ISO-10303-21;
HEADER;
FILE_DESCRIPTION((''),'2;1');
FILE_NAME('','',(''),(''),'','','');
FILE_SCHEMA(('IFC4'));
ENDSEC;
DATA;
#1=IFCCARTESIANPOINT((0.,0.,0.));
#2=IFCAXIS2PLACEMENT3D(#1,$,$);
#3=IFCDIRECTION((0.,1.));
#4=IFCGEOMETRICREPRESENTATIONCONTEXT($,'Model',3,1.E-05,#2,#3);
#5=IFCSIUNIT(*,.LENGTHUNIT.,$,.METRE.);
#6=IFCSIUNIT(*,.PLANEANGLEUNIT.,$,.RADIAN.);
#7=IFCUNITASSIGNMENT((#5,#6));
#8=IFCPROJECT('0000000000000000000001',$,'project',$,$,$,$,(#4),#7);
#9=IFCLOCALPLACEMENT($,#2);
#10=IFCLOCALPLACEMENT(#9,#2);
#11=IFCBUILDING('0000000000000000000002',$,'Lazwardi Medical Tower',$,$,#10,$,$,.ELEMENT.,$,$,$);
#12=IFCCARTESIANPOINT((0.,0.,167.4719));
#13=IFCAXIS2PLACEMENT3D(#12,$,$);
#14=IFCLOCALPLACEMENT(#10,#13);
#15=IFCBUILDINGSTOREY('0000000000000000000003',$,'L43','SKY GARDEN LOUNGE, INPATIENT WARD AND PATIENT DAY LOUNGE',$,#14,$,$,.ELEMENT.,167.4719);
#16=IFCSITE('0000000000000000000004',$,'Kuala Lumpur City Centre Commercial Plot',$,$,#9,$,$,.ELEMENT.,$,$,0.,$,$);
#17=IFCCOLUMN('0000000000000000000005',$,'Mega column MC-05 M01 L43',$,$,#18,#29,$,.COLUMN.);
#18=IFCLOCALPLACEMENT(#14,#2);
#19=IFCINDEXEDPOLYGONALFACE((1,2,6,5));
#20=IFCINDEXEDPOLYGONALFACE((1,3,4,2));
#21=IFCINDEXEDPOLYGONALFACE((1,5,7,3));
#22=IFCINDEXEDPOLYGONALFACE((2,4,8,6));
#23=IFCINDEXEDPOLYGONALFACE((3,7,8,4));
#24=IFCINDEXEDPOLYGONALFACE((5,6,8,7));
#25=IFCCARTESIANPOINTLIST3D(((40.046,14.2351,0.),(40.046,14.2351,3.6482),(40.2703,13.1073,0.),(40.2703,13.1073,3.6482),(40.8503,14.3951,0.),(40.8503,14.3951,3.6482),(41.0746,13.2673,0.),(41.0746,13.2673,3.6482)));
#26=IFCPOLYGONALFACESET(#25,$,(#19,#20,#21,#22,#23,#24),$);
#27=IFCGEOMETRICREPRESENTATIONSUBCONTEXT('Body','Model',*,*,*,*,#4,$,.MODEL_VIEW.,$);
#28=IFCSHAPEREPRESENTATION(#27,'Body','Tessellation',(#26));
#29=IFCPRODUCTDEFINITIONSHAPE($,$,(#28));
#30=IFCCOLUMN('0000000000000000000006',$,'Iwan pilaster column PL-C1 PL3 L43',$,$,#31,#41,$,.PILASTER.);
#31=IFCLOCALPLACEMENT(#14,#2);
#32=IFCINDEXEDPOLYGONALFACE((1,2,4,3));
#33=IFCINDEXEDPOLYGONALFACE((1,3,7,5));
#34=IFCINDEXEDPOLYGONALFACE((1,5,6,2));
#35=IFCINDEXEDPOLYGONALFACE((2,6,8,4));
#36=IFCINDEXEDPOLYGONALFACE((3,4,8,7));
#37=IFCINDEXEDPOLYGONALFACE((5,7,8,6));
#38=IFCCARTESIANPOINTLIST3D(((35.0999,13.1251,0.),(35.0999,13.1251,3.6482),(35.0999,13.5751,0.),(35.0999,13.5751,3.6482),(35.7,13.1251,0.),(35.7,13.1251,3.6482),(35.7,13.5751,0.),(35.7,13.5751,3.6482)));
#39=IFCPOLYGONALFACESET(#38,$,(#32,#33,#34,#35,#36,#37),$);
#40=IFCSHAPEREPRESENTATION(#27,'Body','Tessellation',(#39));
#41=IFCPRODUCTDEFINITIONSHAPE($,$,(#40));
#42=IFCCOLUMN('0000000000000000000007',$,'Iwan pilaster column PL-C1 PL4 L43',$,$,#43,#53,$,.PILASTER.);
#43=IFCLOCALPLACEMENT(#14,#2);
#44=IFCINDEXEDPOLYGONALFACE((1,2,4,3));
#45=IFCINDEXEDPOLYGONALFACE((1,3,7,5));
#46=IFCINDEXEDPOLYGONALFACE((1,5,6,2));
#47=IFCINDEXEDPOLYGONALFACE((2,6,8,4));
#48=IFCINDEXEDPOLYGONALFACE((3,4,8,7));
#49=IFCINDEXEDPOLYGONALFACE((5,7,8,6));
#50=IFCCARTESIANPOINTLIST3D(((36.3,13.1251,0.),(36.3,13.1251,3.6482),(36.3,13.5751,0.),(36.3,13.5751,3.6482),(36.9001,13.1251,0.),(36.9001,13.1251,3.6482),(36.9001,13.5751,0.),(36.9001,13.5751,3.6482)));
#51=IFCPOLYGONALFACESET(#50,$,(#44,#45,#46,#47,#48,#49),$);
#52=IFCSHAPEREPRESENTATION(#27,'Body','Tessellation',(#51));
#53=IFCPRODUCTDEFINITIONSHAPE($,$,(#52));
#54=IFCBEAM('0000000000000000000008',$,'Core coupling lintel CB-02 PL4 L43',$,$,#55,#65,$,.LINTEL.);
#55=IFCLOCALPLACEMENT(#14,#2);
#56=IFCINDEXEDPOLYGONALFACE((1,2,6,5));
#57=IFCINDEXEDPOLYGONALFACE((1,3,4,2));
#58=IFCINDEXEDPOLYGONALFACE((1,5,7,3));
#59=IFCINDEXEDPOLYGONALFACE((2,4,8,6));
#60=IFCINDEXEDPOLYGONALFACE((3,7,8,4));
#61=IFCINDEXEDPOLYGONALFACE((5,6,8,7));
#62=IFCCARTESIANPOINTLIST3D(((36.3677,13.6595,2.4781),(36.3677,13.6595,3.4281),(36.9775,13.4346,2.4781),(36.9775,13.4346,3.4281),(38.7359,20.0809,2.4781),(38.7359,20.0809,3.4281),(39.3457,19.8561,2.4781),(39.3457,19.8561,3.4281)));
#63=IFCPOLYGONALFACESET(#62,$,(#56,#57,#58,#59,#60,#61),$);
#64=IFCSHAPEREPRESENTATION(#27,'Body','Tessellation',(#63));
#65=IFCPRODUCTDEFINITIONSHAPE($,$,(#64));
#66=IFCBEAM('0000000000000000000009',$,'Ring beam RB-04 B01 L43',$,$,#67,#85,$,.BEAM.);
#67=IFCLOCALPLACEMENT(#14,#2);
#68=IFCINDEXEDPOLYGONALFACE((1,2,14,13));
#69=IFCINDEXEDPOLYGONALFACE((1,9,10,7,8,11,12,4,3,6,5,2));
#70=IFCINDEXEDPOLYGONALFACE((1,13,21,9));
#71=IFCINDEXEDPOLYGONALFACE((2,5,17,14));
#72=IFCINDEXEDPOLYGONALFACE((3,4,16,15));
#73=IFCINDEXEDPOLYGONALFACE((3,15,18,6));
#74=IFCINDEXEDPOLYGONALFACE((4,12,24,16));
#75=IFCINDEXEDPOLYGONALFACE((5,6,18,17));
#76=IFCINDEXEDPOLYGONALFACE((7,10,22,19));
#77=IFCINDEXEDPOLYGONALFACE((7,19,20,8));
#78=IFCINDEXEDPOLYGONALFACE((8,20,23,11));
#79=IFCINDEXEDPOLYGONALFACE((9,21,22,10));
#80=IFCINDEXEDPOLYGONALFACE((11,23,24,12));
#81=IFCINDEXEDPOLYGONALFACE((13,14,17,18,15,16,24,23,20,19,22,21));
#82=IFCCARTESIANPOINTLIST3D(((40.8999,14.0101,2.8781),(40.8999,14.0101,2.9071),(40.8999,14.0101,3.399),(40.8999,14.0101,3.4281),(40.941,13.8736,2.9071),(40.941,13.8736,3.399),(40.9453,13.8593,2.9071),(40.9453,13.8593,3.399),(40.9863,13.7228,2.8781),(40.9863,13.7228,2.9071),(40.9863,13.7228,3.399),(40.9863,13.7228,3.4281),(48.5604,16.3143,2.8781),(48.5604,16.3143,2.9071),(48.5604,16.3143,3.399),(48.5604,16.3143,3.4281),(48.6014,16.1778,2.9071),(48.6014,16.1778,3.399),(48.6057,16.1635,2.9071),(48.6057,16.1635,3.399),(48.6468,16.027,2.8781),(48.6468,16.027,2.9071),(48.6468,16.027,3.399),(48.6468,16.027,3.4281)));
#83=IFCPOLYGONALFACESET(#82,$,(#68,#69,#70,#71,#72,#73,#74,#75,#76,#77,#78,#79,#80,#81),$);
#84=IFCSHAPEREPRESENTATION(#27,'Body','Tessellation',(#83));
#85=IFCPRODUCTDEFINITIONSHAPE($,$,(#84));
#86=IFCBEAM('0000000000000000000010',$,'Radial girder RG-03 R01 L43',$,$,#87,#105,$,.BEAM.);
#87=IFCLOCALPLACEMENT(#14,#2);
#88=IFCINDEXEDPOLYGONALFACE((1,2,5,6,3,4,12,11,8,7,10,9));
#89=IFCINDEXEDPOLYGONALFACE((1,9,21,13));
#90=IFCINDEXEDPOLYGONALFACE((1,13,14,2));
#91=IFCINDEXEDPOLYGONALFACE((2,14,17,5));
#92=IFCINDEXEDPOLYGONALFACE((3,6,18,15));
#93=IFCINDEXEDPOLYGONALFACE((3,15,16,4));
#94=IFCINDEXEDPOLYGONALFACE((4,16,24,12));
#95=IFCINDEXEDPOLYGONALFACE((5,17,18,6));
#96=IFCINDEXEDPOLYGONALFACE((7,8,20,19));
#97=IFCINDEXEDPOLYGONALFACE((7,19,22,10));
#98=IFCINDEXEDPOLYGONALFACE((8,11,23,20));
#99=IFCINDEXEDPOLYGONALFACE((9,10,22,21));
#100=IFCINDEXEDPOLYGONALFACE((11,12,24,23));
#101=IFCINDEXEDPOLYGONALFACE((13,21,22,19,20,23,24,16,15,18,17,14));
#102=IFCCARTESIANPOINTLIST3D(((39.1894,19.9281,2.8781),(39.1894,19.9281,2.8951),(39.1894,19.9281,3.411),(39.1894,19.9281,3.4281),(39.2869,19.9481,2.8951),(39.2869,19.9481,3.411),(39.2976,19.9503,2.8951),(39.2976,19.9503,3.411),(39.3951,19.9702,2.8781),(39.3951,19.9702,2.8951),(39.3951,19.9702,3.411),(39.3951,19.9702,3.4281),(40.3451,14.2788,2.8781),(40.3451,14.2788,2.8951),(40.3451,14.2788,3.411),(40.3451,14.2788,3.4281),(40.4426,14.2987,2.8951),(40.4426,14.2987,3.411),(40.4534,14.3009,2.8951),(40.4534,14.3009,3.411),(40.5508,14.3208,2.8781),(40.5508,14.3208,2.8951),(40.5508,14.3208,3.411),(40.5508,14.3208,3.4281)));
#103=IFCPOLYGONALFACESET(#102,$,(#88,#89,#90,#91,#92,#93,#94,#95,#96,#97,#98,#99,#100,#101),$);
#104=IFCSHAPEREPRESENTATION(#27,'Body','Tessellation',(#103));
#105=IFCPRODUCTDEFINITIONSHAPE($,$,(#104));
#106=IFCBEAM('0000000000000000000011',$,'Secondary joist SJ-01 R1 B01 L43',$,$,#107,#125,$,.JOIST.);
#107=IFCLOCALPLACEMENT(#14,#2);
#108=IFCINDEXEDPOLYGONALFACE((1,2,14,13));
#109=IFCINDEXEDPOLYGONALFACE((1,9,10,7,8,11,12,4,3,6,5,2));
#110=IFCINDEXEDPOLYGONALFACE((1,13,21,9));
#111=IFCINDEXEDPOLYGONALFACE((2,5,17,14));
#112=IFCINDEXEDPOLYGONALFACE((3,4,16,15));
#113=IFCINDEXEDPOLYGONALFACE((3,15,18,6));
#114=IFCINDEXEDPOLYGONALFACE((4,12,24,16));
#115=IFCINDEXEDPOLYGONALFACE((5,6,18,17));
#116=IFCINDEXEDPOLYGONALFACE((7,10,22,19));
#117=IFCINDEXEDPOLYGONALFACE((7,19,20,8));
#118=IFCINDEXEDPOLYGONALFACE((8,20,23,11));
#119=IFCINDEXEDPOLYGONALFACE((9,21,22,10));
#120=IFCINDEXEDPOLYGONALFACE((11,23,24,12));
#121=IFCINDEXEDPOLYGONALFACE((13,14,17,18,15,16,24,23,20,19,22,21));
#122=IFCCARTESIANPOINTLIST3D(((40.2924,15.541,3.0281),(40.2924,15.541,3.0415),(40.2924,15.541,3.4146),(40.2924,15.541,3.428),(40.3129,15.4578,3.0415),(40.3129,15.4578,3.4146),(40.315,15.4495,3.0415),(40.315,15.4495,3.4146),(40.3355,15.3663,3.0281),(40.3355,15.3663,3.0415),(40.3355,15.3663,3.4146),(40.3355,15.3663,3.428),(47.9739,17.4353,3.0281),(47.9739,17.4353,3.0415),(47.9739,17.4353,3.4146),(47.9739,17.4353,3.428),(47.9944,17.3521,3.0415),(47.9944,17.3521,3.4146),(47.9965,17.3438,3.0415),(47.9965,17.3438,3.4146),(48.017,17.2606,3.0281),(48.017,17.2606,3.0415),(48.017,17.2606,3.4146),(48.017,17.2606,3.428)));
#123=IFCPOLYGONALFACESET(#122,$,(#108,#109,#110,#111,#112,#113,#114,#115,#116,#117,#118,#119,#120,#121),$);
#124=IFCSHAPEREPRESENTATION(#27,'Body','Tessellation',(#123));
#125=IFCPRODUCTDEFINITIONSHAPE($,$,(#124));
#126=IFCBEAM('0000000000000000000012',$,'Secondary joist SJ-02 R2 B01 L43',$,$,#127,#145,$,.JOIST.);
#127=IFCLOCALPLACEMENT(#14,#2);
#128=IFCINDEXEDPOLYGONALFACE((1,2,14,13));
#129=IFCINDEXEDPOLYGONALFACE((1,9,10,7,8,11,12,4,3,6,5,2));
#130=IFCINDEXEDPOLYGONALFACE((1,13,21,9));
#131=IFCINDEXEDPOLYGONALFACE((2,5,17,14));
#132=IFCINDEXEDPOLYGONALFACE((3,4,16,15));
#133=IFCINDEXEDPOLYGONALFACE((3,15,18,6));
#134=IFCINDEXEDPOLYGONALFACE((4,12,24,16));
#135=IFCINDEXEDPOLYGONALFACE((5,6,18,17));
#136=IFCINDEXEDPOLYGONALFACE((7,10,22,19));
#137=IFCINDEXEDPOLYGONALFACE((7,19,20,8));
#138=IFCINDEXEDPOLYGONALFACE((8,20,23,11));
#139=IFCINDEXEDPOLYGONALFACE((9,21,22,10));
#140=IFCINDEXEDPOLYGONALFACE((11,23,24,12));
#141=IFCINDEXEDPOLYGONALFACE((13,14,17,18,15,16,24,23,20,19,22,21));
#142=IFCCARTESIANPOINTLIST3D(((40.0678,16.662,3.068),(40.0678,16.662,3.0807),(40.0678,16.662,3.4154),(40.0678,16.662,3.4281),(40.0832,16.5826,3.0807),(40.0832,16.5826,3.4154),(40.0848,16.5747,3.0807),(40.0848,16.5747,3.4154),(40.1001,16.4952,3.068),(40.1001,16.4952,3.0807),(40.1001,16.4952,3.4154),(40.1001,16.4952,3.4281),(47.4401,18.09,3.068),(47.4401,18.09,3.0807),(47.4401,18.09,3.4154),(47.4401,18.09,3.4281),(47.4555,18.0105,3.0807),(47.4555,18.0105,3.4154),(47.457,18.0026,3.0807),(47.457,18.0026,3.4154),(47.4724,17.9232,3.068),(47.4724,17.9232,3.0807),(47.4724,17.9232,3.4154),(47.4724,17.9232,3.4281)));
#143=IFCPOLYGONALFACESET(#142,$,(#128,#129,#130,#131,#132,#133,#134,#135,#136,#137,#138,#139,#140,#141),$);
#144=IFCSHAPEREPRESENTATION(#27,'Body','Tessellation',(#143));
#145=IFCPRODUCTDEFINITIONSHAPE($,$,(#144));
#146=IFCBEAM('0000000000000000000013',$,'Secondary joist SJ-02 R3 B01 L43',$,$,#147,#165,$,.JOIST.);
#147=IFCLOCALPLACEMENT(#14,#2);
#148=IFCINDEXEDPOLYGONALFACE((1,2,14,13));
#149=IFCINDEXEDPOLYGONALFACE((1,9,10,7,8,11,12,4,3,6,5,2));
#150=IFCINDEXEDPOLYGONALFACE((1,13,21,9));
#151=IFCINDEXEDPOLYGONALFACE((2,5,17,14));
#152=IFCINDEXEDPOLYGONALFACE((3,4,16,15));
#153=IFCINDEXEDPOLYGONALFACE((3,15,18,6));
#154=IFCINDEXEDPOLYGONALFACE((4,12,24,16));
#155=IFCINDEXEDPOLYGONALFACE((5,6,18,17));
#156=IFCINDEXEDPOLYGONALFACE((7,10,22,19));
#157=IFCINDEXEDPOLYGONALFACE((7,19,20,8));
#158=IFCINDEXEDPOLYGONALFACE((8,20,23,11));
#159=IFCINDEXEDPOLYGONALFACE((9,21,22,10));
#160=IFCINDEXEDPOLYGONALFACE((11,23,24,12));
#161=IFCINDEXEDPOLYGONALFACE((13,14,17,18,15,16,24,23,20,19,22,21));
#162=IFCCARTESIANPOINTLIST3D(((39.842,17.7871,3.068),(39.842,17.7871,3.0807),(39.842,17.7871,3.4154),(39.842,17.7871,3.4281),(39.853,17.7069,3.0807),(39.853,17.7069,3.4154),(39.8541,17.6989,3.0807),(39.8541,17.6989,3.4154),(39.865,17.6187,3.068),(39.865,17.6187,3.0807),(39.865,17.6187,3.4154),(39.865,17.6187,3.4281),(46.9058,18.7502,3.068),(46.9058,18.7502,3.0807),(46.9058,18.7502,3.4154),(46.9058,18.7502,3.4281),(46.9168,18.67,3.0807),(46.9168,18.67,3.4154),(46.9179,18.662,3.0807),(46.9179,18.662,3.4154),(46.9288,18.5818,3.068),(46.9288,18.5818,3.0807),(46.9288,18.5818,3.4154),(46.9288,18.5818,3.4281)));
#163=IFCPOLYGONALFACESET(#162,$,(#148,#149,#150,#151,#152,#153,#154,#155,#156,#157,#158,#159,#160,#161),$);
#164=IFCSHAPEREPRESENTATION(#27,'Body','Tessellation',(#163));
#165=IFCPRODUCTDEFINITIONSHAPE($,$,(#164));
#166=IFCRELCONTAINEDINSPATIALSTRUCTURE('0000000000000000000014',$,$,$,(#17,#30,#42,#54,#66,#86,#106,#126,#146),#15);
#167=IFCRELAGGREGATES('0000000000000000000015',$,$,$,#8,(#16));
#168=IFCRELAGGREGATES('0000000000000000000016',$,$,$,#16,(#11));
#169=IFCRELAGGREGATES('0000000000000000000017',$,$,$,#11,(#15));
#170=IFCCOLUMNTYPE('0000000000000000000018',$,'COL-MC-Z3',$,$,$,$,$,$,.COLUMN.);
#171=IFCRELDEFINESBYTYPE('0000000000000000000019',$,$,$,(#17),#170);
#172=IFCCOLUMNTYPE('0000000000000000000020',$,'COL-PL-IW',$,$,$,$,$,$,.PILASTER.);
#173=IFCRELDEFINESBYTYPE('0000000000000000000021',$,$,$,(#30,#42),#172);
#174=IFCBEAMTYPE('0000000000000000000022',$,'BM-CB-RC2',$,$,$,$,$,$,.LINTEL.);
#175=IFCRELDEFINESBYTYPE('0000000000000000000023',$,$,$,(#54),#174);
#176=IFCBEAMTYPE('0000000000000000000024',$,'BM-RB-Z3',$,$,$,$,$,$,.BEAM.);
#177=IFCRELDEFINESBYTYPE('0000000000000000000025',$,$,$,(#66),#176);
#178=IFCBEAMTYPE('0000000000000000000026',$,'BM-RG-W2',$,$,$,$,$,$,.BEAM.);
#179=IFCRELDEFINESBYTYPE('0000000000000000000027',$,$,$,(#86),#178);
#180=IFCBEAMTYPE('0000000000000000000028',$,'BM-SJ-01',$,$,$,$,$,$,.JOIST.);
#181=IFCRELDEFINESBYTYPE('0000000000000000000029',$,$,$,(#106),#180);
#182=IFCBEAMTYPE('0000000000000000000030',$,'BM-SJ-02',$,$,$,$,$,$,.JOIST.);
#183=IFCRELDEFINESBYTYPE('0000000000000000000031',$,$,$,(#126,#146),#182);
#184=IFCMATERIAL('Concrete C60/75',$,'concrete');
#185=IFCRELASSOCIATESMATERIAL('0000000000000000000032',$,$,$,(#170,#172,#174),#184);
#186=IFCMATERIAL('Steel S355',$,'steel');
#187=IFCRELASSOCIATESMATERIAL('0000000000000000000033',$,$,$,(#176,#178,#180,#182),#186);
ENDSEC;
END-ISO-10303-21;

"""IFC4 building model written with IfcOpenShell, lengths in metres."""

from ifc_helpers import new_model, si_unit, direction, frame, origin, origin_2d, place, context, subcontext, project, spatial, rectangle, i_section, extrude, material, material_profile, profile_set, type_object, element, save


model = new_model("IFC4")

# Units and contexts
model_context = context("Model", 3, precision=1e-05, world=origin(), true_north=direction((0.0, 1.0)))
body_context = subcontext(model_context, "Body", "Model", "MODEL_VIEW")
ifc_project = project(units=[si_unit("LENGTHUNIT", "METRE"), si_unit("PLANEANGLEUNIT", "RADIAN")], contexts=[model_context])

# Site, building, storey
site_placement = place(None, origin())
site = spatial("IfcSite", under=ifc_project, at=site_placement, Name="Kuala Lumpur City Centre Commercial Plot", CompositionType="ELEMENT", RefElevation=0.0)
building_placement = place(site_placement, origin())
building = spatial("IfcBuilding", under=site, at=building_placement, Name="Lazwardi Medical Tower", CompositionType="ELEMENT")
storey_placement = place(building_placement, frame((0.0, 0.0, 167.4719)))
storey = spatial("IfcBuildingStorey", under=building, at=storey_placement, Name="L43", Description="SKY GARDEN LOUNGE, INPATIENT WARD AND PATIENT DAY LOUNGE", CompositionType="ELEMENT", Elevation=167.4719)

# Columns
ifc_material_1 = material(Name="Concrete C60/75", Category="concrete")
ifc_material_profile_1 = material_profile(ifc_material_1, rectangle(XDim=1.1499, YDim=0.8201, at=origin_2d()), Name="CFT-RECT 1150x820")
ifc_profile_set_1 = profile_set([ifc_material_profile_1], Name="Concrete C60/75")
column_type_1 = type_object("IfcColumnType", Name="COL-MC-Z3", PredefinedType="COLUMN", material=ifc_profile_set_1)
column_placement = place(storey_placement, frame((40.5603, 13.7512, 0.0), z_axis=(0.0, 0.0, 1.0), x_axis=(0.19509, -0.980785, 0.0)))
element("IfcColumn", 1, at=column_placement, inside=storey, type_object=column_type_1, Name="Mega column MC-05 M01 L43", PredefinedType="COLUMN", context=body_context, shape_type="SweptSolid", body=[
    extrude(rectangle(XDim=1.1499, YDim=0.8201, at=origin_2d()), origin(), (0.0, 0.0, 1.0), 3.6482),
])
ifc_material_profile_2 = material_profile(ifc_material_1, rectangle(XDim=0.6001, YDim=0.45, at=origin_2d()), Name="RC 600x450")
ifc_profile_set_2 = profile_set([ifc_material_profile_2], Name="Concrete C60/75")
column_type_2 = type_object("IfcColumnType", Name="COL-PL-IW", PredefinedType="PILASTER", material=ifc_profile_set_2)
for number, where, z_axis, x_axis, name in (
    (2, (35.3999, 13.3501, 0.0), (0.0, 0.0, 1.0), (1.0, 0.0, 0.0), "Iwan pilaster column PL-C1 PL3 L43"),
    (3, (36.6001, 13.3501, 0.0), (0.0, 0.0, 1.0), (1.0, 0.0, 0.0), "Iwan pilaster column PL-C1 PL4 L43"),
):
    element("IfcColumn", number, at=place(storey_placement, frame(where, z_axis=z_axis, x_axis=x_axis)), inside=storey, type_object=column_type_2, Name=name, PredefinedType="PILASTER", context=body_context, shape_type="SweptSolid", body=[
        extrude(rectangle(XDim=0.6001, YDim=0.45, at=origin_2d()), origin(), (0.0, 0.0, 1.0), 3.6482),
    ])

# Beams
ifc_material_profile_3 = material_profile(ifc_material_1, rectangle(XDim=0.6499, YDim=0.95, at=origin_2d()), Name="RC 650x950")
ifc_profile_set_3 = profile_set([ifc_material_profile_3], Name="Concrete C60/75")
beam_type_1 = type_object("IfcBeamType", Name="BM-CB-RC2", PredefinedType="LINTEL", material=ifc_profile_set_3)
beam_1_placement = place(storey_placement, frame((39.0408, 19.9685, 2.9531), z_axis=(-0.346013, -0.93823, 0.0), x_axis=(0.93823, -0.346013, 0.0)))
element("IfcBeam", 4, at=beam_1_placement, inside=storey, type_object=beam_type_1, Name="Core coupling lintel CB-02 PL4 L43", PredefinedType="LINTEL", context=body_context, shape_type="SweptSolid", body=[
    extrude(rectangle(XDim=0.6499, YDim=0.95, at=origin_2d()), origin(), (0.0, 0.0, 1.0), 6.8442),
])
ifc_material_2 = material(Name="Steel S355", Category="steel")
ifc_material_profile_4 = material_profile(ifc_material_2, i_section(OverallWidth=0.3, OverallDepth=0.55, WebThickness=0.0149, FlangeThickness=0.0291, at=origin_2d()), Name="HEB 550")
ifc_profile_set_4 = profile_set([ifc_material_profile_4], Name="Steel S355")
beam_type_2 = type_object("IfcBeamType", Name="BM-RB-Z3", PredefinedType="BEAM", material=ifc_profile_set_4)
beam_2_placement = place(storey_placement, frame((40.9431, 13.8665, 3.1531), z_axis=(0.957617, 0.288045, 0.0), x_axis=(-0.288045, 0.957617, 0.0)))
element("IfcBeam", 5, at=beam_2_placement, inside=storey, type_object=beam_type_2, Name="Ring beam RB-04 B01 L43", PredefinedType="BEAM", context=body_context, shape_type="SweptSolid", body=[
    extrude(i_section(OverallWidth=0.3, OverallDepth=0.55, WebThickness=0.0149, FlangeThickness=0.0291, at=origin_2d()), origin(), (0.0, 0.0, 1.0), 7.9995),
])
ifc_material_profile_5 = material_profile(ifc_material_2, i_section(OverallWidth=0.21, OverallDepth=0.55, WebThickness=0.011, FlangeThickness=0.0171, at=origin_2d()), Name="IPE 550")
ifc_profile_set_5 = profile_set([ifc_material_profile_5], Name="Steel S355")
beam_type_3 = type_object("IfcBeamType", Name="BM-RG-W2", PredefinedType="BEAM", material=ifc_profile_set_5)
beam_3_placement = place(storey_placement, frame((40.448, 14.2998, 3.1531), z_axis=(-0.200429, 0.979708, 0.0), x_axis=(-0.979708, -0.200429, 0.0)))
element("IfcBeam", 6, at=beam_3_placement, inside=storey, type_object=beam_type_3, Name="Radial girder RG-03 R01 L43", PredefinedType="BEAM", context=body_context, shape_type="SweptSolid", body=[
    extrude(i_section(OverallWidth=0.21, OverallDepth=0.55, WebThickness=0.011, FlangeThickness=0.0171, at=origin_2d()), origin(), (0.0, 0.0, 1.0), 5.7664),
])
ifc_material_profile_6 = material_profile(ifc_material_2, i_section(OverallWidth=0.1799, OverallDepth=0.3999, WebThickness=0.0085, FlangeThickness=0.0134, at=origin_2d()), Name="IPE 400")
ifc_profile_set_6 = profile_set([ifc_material_profile_6], Name="Steel S355")
beam_type_4 = type_object("IfcBeamType", Name="BM-SJ-01", PredefinedType="JOIST", material=ifc_profile_set_6)
beam_4_placement = place(storey_placement, frame((40.314, 15.4536, 3.228), z_axis=(0.970913, 0.239434, 0.0), x_axis=(-0.239434, 0.970913, 0.0)))
element("IfcBeam", 7, at=beam_4_placement, inside=storey, type_object=beam_type_4, Name="Secondary joist SJ-01 R1 B01 L43", PredefinedType="JOIST", context=body_context, shape_type="SweptSolid", body=[
    extrude(i_section(OverallWidth=0.1799, OverallDepth=0.3999, WebThickness=0.0085, FlangeThickness=0.0134, at=origin_2d()), origin(), (0.0, 0.0, 1.0), 7.9116),
])
ifc_material_profile_7 = material_profile(ifc_material_2, i_section(OverallWidth=0.1699, OverallDepth=0.3601, WebThickness=0.0081, FlangeThickness=0.0127, at=origin_2d()), Name="IPE 360")
ifc_profile_set_7 = profile_set([ifc_material_profile_7], Name="Steel S355")
beam_type_5 = type_object("IfcBeamType", Name="BM-SJ-02", PredefinedType="JOIST", material=ifc_profile_set_7)
beam_5_placement = place(storey_placement, frame((40.084, 16.5786, 3.248), z_axis=(0.981753, 0.19016, 0.0), x_axis=(-0.19016, 0.981753, 0.0)))
element("IfcBeam", 8, at=beam_5_placement, inside=storey, type_object=beam_type_5, Name="Secondary joist SJ-02 R2 B01 L43", PredefinedType="JOIST", context=body_context, shape_type="SweptSolid", body=[
    extrude(i_section(OverallWidth=0.1699, OverallDepth=0.3601, WebThickness=0.0081, FlangeThickness=0.0127, at=origin_2d()), origin(), (0.0, 0.0, 1.0), 7.5093),
])
beam_6_placement = place(storey_placement, frame((39.8535, 17.7029, 3.248), z_axis=(0.990832, 0.135099, 0.0), x_axis=(-0.135099, 0.990832, 0.0)))
element("IfcBeam", 9, at=beam_6_placement, inside=storey, type_object=beam_type_5, Name="Secondary joist SJ-02 R3 B01 L43", PredefinedType="JOIST", context=body_context, shape_type="SweptSolid", body=[
    extrude(i_section(OverallWidth=0.1699, OverallDepth=0.3601, WebThickness=0.0081, FlangeThickness=0.0127, at=origin_2d()), origin(), (0.0, 0.0, 1.0), 7.1292),
])

save(model, "model.ifc")
